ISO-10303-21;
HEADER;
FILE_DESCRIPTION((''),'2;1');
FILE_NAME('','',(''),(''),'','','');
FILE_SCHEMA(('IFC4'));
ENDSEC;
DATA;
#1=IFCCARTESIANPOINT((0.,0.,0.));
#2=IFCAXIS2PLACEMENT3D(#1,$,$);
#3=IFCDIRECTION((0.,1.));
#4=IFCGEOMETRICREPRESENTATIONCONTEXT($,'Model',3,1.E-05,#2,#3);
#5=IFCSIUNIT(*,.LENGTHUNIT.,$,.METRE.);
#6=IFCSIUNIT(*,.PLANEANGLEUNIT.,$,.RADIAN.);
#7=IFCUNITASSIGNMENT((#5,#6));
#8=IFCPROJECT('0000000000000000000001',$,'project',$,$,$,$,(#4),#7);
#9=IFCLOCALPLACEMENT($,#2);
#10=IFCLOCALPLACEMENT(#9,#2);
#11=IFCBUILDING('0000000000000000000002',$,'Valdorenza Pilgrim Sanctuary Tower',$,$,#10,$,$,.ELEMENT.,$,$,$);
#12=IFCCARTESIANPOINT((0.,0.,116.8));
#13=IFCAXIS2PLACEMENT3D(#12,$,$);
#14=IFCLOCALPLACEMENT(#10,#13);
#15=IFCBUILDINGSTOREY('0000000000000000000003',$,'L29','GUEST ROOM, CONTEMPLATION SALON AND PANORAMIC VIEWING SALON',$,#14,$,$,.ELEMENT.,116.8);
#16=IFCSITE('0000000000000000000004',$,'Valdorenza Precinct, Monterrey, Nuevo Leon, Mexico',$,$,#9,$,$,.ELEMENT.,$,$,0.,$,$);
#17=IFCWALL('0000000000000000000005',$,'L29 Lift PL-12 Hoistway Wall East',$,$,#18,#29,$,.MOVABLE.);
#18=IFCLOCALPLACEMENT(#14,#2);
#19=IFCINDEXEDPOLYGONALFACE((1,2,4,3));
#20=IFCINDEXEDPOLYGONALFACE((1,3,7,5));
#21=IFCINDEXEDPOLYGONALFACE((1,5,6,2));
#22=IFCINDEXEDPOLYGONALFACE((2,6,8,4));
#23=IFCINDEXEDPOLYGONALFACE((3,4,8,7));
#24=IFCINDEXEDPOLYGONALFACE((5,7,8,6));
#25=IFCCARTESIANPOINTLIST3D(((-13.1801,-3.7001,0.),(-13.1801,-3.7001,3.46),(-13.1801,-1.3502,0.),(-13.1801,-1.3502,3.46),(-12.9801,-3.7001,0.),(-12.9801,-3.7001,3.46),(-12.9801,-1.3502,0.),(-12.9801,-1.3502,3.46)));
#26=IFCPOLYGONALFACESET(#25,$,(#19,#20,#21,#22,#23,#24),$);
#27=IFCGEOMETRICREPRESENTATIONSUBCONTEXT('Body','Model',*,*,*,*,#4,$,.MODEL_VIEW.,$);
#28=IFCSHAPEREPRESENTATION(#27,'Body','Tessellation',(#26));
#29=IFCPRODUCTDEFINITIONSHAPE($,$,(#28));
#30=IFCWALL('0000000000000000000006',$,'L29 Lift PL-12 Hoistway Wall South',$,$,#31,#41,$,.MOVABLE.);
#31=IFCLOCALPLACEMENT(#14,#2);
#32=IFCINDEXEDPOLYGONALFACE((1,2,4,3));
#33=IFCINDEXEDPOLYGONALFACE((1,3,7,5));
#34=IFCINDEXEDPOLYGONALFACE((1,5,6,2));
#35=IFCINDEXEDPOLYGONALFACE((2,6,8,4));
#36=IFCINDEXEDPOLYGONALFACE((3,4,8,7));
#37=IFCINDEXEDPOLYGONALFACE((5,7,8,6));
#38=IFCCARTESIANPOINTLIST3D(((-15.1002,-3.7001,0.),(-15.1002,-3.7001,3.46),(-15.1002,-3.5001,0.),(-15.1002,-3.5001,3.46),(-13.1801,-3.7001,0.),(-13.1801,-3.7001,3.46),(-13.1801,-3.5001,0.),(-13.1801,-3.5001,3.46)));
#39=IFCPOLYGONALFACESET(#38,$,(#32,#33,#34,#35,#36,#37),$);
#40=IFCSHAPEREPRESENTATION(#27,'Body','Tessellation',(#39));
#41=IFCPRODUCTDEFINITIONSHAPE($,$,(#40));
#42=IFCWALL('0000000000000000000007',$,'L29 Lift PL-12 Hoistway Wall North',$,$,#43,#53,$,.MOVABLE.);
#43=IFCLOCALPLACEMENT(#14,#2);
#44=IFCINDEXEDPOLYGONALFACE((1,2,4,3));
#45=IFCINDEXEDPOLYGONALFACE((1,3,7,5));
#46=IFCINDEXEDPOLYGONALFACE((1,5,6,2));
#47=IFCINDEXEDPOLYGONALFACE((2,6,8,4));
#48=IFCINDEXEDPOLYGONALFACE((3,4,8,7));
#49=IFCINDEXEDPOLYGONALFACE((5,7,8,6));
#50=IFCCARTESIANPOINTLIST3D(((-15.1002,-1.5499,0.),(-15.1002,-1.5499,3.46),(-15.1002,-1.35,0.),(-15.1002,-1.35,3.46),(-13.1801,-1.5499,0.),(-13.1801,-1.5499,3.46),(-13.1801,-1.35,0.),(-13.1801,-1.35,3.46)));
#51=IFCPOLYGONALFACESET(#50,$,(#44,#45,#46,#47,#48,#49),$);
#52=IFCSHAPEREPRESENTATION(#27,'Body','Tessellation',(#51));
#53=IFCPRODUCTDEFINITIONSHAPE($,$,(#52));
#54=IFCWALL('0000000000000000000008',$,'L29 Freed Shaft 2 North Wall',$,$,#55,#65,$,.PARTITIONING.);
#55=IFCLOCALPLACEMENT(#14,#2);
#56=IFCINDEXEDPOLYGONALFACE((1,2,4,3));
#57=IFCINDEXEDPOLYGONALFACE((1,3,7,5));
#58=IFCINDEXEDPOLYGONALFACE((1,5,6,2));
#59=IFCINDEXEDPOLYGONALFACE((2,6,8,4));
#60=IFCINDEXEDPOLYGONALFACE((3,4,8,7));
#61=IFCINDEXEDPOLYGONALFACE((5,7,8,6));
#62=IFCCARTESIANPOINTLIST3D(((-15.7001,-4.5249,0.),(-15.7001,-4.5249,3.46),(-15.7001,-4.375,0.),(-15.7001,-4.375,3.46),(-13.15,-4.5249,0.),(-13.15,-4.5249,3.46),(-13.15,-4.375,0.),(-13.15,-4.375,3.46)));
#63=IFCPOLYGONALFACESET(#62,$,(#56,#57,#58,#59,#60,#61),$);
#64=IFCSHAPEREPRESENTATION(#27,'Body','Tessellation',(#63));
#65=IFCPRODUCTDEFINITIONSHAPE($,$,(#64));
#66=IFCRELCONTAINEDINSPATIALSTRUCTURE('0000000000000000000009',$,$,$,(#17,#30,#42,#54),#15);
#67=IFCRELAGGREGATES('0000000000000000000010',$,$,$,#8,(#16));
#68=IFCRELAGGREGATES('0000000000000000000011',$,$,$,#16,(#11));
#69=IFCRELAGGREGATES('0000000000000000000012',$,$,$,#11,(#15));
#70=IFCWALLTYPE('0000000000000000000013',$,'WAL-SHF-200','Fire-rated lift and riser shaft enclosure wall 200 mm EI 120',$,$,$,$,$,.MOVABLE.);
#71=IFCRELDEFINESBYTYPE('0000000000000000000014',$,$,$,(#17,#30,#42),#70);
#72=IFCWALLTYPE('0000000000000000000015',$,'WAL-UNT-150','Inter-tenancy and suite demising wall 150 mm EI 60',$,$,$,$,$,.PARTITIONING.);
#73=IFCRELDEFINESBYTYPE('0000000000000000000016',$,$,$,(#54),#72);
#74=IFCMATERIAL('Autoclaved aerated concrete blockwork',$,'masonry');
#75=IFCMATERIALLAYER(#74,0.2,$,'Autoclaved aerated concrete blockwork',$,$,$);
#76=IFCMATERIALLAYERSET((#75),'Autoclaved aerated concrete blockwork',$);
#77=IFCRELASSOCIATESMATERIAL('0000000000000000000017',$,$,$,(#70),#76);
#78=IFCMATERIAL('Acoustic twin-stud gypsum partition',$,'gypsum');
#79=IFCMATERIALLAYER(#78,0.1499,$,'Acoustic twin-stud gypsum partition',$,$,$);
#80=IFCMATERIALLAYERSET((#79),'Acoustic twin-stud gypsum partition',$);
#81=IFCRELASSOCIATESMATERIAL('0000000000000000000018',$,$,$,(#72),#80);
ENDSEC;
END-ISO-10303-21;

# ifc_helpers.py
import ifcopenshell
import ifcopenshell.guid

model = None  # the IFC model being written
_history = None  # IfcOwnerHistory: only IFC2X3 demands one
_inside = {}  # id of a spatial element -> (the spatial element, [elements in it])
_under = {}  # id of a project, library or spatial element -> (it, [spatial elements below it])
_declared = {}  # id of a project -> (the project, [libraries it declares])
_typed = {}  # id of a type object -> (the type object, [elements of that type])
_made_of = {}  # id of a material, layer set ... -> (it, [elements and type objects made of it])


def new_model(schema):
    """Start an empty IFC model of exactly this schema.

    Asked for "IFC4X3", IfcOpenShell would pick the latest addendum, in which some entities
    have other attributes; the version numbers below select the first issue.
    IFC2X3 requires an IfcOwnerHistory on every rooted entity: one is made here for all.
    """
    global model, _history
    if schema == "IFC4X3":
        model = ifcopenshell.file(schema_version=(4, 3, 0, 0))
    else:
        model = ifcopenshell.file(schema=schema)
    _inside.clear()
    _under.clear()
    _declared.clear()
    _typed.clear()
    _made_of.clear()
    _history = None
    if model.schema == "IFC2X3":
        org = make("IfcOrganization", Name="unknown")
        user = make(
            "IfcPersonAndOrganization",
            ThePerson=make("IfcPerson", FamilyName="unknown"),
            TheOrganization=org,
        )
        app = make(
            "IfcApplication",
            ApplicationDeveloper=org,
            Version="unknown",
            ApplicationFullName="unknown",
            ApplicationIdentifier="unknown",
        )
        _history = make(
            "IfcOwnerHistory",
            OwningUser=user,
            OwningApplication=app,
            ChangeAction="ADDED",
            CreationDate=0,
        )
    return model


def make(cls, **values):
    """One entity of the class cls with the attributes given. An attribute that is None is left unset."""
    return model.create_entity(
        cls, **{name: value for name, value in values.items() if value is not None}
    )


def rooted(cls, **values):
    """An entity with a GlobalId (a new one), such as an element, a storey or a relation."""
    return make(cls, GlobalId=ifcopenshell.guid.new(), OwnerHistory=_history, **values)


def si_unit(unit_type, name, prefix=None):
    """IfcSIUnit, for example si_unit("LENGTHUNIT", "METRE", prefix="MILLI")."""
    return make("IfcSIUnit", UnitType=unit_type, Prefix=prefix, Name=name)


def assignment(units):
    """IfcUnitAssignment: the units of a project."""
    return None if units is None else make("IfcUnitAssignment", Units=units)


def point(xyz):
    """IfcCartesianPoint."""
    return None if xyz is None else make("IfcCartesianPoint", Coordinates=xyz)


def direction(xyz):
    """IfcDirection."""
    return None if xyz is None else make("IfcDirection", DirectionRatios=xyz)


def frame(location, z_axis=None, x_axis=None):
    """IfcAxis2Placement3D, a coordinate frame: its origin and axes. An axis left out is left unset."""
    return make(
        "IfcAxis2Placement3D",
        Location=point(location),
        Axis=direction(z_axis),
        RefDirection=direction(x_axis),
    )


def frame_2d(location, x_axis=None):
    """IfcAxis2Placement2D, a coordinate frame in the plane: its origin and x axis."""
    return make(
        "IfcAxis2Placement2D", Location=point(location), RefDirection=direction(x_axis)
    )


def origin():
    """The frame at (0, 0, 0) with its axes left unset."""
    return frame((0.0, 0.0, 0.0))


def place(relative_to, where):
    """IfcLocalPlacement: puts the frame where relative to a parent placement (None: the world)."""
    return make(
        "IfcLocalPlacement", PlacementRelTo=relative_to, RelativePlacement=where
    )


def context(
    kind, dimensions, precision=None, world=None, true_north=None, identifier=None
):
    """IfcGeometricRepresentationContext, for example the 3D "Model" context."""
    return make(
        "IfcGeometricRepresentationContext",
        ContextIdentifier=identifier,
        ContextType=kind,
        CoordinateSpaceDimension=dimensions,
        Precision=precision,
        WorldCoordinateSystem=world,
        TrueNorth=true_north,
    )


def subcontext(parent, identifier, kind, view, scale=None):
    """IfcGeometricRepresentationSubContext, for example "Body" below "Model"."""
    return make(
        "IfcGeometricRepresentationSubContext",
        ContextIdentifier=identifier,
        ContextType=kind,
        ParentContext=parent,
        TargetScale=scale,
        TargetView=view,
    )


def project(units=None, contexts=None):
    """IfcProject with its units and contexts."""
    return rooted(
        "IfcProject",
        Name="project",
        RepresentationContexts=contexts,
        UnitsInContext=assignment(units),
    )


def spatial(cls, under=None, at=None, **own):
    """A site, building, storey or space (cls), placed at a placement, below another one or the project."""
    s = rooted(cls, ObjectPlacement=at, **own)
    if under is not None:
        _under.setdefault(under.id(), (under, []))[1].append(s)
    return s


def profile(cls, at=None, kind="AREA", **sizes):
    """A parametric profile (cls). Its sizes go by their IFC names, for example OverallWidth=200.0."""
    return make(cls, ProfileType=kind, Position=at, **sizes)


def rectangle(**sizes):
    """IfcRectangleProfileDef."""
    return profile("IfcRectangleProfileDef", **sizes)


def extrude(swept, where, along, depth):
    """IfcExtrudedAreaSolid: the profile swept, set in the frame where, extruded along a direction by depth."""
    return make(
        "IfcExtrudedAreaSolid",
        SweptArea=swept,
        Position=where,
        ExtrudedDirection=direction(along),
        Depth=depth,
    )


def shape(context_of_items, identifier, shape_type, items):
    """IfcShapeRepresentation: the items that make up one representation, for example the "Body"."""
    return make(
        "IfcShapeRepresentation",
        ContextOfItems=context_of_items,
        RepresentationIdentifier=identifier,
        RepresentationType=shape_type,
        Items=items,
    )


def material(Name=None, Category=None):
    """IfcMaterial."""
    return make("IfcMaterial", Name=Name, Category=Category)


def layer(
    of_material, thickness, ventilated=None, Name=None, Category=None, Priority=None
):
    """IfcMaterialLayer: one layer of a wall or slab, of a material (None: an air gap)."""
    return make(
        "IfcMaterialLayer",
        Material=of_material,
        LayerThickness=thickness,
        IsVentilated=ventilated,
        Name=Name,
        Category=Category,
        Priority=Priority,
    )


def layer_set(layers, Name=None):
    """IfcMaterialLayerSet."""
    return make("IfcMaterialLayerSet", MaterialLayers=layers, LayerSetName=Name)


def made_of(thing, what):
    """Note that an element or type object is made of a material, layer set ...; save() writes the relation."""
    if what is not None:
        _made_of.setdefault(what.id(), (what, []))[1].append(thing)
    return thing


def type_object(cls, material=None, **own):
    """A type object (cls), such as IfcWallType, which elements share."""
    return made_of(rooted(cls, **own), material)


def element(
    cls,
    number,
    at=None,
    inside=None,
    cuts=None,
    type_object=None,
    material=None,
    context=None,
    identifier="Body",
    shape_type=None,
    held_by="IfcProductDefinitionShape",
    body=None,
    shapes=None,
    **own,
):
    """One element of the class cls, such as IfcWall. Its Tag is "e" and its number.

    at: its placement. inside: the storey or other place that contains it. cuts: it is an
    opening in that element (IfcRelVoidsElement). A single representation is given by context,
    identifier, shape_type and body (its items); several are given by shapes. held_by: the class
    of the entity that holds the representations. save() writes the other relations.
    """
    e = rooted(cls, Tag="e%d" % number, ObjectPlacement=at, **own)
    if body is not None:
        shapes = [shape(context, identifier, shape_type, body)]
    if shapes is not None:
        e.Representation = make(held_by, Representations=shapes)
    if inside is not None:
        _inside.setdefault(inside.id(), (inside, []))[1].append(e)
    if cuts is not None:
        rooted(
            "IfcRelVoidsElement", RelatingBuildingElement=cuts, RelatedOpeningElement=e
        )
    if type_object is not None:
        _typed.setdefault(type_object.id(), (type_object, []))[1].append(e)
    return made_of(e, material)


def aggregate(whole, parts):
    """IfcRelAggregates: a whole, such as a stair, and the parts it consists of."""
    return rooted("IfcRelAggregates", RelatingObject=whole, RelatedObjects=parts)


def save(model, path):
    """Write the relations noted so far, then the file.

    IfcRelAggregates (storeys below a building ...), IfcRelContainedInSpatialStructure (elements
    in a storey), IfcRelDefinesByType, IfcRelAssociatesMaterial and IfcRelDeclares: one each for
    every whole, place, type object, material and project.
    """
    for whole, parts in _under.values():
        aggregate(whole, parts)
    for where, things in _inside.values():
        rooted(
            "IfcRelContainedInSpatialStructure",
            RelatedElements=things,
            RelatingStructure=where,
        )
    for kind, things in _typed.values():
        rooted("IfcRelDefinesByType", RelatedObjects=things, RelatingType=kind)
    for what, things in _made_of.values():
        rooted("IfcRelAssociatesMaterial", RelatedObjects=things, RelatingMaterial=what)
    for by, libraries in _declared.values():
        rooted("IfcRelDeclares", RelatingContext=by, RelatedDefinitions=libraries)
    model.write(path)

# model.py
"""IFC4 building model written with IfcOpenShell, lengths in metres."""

from ifc_helpers import new_model, si_unit, direction, frame, frame_2d, origin, place, context, subcontext, project, spatial, rectangle, extrude, material, layer, layer_set, type_object, element, save


model = new_model("IFC4")

# Units and contexts
model_context = context("Model", 3, precision=1e-05, world=origin(), true_north=direction((0.0, 1.0)))
body_context = subcontext(model_context, "Body", "Model", "MODEL_VIEW")
ifc_project = project(units=[si_unit("LENGTHUNIT", "METRE"), si_unit("PLANEANGLEUNIT", "RADIAN")], contexts=[model_context])

# Site, building, storey
site_placement = place(None, origin())
site = spatial("IfcSite", under=ifc_project, at=site_placement, Name="Valdorenza Precinct, Monterrey, Nuevo Leon, Mexico", CompositionType="ELEMENT", RefElevation=0.0)
building_placement = place(site_placement, origin())
building = spatial("IfcBuilding", under=site, at=building_placement, Name="Valdorenza Pilgrim Sanctuary Tower", CompositionType="ELEMENT")
storey_placement = place(building_placement, frame((0.0, 0.0, 116.8)))
storey = spatial("IfcBuildingStorey", under=building, at=storey_placement, Name="L29", Description="GUEST ROOM, CONTEMPLATION SALON AND PANORAMIC VIEWING SALON", CompositionType="ELEMENT", Elevation=116.8)

# Shared definitions
ifc_material_1 = material(Name="Acoustic twin-stud gypsum partition", Category="gypsum")

# Shared definitions
ifc_material_2 = material(Name="Autoclaved aerated concrete blockwork", Category="masonry")
ifc_layer_1 = layer(ifc_material_2, 0.2, Name="Autoclaved aerated concrete blockwork")
ifc_layer_set_1 = layer_set([ifc_layer_1], Name="Autoclaved aerated concrete blockwork")
wall_type_1 = type_object("IfcWallType", Name="WAL-SHF-200", Description="Fire-rated lift and riser shaft enclosure wall 200 mm EI 120", PredefinedType="MOVABLE", material=ifc_layer_set_1)

# Walls
for number, where, z_axis, x_axis, name in (
    (1, (-13.0801, -3.7, 0.0), (0.0, 0.0, 1.0), (0.0, 1.0, 0.0), "L29 Lift PL-12 Hoistway Wall East"),
):
    element("IfcWall", number, at=place(storey_placement, frame(where, z_axis=z_axis, x_axis=x_axis)), inside=storey, type_object=wall_type_1, Name=name, PredefinedType="MOVABLE", context=body_context, shape_type="SweptSolid", body=[
        extrude(rectangle(XDim=2.3499, YDim=0.2, at=frame_2d((1.1748, 0.0))), origin(), (0.0, 0.0, 1.0), 3.46),
    ])
for number, where, z_axis, x_axis, name in (
    (2, (-15.1001, -3.6001, 0.0), (0.0, 0.0, 1.0), (1.0, 0.0, 0.0), "L29 Lift PL-12 Hoistway Wall South"),
    (3, (-15.1001, -1.45, 0.0), (0.0, 0.0, 1.0), (1.0, 0.0, 0.0), "L29 Lift PL-12 Hoistway Wall North"),
):
    element("IfcWall", number, at=place(storey_placement, frame(where, z_axis=z_axis, x_axis=x_axis)), inside=storey, type_object=wall_type_1, Name=name, PredefinedType="MOVABLE", context=body_context, shape_type="SweptSolid", body=[
        extrude(rectangle(XDim=1.9202, YDim=0.2, at=frame_2d((0.96, 0.0))), origin(), (0.0, 0.0, 1.0), 3.46),
    ])
ifc_layer_2 = layer(ifc_material_1, 0.1499, Name="Acoustic twin-stud gypsum partition")
ifc_layer_set_2 = layer_set([ifc_layer_2], Name="Acoustic twin-stud gypsum partition")
wall_type_2 = type_object("IfcWallType", Name="WAL-UNT-150", Description="Inter-tenancy and suite demising wall 150 mm EI 60", PredefinedType="PARTITIONING", material=ifc_layer_set_2)
wall_1_placement = place(storey_placement, frame((-15.7, -4.45, 0.0), z_axis=(0.0, 0.0, 1.0), x_axis=(1.0, 0.0, 0.0)))
element("IfcWall", 4, at=wall_1_placement, inside=storey, type_object=wall_type_2, Name="L29 Freed Shaft 2 North Wall", PredefinedType="PARTITIONING", context=body_context, shape_type="SweptSolid", body=[
    extrude(rectangle(XDim=2.55, YDim=0.1499, at=frame_2d((1.2749, 0.0))), origin(), (0.0, 0.0, 1.0), 3.46),
])

save(model, "model.ifc")
